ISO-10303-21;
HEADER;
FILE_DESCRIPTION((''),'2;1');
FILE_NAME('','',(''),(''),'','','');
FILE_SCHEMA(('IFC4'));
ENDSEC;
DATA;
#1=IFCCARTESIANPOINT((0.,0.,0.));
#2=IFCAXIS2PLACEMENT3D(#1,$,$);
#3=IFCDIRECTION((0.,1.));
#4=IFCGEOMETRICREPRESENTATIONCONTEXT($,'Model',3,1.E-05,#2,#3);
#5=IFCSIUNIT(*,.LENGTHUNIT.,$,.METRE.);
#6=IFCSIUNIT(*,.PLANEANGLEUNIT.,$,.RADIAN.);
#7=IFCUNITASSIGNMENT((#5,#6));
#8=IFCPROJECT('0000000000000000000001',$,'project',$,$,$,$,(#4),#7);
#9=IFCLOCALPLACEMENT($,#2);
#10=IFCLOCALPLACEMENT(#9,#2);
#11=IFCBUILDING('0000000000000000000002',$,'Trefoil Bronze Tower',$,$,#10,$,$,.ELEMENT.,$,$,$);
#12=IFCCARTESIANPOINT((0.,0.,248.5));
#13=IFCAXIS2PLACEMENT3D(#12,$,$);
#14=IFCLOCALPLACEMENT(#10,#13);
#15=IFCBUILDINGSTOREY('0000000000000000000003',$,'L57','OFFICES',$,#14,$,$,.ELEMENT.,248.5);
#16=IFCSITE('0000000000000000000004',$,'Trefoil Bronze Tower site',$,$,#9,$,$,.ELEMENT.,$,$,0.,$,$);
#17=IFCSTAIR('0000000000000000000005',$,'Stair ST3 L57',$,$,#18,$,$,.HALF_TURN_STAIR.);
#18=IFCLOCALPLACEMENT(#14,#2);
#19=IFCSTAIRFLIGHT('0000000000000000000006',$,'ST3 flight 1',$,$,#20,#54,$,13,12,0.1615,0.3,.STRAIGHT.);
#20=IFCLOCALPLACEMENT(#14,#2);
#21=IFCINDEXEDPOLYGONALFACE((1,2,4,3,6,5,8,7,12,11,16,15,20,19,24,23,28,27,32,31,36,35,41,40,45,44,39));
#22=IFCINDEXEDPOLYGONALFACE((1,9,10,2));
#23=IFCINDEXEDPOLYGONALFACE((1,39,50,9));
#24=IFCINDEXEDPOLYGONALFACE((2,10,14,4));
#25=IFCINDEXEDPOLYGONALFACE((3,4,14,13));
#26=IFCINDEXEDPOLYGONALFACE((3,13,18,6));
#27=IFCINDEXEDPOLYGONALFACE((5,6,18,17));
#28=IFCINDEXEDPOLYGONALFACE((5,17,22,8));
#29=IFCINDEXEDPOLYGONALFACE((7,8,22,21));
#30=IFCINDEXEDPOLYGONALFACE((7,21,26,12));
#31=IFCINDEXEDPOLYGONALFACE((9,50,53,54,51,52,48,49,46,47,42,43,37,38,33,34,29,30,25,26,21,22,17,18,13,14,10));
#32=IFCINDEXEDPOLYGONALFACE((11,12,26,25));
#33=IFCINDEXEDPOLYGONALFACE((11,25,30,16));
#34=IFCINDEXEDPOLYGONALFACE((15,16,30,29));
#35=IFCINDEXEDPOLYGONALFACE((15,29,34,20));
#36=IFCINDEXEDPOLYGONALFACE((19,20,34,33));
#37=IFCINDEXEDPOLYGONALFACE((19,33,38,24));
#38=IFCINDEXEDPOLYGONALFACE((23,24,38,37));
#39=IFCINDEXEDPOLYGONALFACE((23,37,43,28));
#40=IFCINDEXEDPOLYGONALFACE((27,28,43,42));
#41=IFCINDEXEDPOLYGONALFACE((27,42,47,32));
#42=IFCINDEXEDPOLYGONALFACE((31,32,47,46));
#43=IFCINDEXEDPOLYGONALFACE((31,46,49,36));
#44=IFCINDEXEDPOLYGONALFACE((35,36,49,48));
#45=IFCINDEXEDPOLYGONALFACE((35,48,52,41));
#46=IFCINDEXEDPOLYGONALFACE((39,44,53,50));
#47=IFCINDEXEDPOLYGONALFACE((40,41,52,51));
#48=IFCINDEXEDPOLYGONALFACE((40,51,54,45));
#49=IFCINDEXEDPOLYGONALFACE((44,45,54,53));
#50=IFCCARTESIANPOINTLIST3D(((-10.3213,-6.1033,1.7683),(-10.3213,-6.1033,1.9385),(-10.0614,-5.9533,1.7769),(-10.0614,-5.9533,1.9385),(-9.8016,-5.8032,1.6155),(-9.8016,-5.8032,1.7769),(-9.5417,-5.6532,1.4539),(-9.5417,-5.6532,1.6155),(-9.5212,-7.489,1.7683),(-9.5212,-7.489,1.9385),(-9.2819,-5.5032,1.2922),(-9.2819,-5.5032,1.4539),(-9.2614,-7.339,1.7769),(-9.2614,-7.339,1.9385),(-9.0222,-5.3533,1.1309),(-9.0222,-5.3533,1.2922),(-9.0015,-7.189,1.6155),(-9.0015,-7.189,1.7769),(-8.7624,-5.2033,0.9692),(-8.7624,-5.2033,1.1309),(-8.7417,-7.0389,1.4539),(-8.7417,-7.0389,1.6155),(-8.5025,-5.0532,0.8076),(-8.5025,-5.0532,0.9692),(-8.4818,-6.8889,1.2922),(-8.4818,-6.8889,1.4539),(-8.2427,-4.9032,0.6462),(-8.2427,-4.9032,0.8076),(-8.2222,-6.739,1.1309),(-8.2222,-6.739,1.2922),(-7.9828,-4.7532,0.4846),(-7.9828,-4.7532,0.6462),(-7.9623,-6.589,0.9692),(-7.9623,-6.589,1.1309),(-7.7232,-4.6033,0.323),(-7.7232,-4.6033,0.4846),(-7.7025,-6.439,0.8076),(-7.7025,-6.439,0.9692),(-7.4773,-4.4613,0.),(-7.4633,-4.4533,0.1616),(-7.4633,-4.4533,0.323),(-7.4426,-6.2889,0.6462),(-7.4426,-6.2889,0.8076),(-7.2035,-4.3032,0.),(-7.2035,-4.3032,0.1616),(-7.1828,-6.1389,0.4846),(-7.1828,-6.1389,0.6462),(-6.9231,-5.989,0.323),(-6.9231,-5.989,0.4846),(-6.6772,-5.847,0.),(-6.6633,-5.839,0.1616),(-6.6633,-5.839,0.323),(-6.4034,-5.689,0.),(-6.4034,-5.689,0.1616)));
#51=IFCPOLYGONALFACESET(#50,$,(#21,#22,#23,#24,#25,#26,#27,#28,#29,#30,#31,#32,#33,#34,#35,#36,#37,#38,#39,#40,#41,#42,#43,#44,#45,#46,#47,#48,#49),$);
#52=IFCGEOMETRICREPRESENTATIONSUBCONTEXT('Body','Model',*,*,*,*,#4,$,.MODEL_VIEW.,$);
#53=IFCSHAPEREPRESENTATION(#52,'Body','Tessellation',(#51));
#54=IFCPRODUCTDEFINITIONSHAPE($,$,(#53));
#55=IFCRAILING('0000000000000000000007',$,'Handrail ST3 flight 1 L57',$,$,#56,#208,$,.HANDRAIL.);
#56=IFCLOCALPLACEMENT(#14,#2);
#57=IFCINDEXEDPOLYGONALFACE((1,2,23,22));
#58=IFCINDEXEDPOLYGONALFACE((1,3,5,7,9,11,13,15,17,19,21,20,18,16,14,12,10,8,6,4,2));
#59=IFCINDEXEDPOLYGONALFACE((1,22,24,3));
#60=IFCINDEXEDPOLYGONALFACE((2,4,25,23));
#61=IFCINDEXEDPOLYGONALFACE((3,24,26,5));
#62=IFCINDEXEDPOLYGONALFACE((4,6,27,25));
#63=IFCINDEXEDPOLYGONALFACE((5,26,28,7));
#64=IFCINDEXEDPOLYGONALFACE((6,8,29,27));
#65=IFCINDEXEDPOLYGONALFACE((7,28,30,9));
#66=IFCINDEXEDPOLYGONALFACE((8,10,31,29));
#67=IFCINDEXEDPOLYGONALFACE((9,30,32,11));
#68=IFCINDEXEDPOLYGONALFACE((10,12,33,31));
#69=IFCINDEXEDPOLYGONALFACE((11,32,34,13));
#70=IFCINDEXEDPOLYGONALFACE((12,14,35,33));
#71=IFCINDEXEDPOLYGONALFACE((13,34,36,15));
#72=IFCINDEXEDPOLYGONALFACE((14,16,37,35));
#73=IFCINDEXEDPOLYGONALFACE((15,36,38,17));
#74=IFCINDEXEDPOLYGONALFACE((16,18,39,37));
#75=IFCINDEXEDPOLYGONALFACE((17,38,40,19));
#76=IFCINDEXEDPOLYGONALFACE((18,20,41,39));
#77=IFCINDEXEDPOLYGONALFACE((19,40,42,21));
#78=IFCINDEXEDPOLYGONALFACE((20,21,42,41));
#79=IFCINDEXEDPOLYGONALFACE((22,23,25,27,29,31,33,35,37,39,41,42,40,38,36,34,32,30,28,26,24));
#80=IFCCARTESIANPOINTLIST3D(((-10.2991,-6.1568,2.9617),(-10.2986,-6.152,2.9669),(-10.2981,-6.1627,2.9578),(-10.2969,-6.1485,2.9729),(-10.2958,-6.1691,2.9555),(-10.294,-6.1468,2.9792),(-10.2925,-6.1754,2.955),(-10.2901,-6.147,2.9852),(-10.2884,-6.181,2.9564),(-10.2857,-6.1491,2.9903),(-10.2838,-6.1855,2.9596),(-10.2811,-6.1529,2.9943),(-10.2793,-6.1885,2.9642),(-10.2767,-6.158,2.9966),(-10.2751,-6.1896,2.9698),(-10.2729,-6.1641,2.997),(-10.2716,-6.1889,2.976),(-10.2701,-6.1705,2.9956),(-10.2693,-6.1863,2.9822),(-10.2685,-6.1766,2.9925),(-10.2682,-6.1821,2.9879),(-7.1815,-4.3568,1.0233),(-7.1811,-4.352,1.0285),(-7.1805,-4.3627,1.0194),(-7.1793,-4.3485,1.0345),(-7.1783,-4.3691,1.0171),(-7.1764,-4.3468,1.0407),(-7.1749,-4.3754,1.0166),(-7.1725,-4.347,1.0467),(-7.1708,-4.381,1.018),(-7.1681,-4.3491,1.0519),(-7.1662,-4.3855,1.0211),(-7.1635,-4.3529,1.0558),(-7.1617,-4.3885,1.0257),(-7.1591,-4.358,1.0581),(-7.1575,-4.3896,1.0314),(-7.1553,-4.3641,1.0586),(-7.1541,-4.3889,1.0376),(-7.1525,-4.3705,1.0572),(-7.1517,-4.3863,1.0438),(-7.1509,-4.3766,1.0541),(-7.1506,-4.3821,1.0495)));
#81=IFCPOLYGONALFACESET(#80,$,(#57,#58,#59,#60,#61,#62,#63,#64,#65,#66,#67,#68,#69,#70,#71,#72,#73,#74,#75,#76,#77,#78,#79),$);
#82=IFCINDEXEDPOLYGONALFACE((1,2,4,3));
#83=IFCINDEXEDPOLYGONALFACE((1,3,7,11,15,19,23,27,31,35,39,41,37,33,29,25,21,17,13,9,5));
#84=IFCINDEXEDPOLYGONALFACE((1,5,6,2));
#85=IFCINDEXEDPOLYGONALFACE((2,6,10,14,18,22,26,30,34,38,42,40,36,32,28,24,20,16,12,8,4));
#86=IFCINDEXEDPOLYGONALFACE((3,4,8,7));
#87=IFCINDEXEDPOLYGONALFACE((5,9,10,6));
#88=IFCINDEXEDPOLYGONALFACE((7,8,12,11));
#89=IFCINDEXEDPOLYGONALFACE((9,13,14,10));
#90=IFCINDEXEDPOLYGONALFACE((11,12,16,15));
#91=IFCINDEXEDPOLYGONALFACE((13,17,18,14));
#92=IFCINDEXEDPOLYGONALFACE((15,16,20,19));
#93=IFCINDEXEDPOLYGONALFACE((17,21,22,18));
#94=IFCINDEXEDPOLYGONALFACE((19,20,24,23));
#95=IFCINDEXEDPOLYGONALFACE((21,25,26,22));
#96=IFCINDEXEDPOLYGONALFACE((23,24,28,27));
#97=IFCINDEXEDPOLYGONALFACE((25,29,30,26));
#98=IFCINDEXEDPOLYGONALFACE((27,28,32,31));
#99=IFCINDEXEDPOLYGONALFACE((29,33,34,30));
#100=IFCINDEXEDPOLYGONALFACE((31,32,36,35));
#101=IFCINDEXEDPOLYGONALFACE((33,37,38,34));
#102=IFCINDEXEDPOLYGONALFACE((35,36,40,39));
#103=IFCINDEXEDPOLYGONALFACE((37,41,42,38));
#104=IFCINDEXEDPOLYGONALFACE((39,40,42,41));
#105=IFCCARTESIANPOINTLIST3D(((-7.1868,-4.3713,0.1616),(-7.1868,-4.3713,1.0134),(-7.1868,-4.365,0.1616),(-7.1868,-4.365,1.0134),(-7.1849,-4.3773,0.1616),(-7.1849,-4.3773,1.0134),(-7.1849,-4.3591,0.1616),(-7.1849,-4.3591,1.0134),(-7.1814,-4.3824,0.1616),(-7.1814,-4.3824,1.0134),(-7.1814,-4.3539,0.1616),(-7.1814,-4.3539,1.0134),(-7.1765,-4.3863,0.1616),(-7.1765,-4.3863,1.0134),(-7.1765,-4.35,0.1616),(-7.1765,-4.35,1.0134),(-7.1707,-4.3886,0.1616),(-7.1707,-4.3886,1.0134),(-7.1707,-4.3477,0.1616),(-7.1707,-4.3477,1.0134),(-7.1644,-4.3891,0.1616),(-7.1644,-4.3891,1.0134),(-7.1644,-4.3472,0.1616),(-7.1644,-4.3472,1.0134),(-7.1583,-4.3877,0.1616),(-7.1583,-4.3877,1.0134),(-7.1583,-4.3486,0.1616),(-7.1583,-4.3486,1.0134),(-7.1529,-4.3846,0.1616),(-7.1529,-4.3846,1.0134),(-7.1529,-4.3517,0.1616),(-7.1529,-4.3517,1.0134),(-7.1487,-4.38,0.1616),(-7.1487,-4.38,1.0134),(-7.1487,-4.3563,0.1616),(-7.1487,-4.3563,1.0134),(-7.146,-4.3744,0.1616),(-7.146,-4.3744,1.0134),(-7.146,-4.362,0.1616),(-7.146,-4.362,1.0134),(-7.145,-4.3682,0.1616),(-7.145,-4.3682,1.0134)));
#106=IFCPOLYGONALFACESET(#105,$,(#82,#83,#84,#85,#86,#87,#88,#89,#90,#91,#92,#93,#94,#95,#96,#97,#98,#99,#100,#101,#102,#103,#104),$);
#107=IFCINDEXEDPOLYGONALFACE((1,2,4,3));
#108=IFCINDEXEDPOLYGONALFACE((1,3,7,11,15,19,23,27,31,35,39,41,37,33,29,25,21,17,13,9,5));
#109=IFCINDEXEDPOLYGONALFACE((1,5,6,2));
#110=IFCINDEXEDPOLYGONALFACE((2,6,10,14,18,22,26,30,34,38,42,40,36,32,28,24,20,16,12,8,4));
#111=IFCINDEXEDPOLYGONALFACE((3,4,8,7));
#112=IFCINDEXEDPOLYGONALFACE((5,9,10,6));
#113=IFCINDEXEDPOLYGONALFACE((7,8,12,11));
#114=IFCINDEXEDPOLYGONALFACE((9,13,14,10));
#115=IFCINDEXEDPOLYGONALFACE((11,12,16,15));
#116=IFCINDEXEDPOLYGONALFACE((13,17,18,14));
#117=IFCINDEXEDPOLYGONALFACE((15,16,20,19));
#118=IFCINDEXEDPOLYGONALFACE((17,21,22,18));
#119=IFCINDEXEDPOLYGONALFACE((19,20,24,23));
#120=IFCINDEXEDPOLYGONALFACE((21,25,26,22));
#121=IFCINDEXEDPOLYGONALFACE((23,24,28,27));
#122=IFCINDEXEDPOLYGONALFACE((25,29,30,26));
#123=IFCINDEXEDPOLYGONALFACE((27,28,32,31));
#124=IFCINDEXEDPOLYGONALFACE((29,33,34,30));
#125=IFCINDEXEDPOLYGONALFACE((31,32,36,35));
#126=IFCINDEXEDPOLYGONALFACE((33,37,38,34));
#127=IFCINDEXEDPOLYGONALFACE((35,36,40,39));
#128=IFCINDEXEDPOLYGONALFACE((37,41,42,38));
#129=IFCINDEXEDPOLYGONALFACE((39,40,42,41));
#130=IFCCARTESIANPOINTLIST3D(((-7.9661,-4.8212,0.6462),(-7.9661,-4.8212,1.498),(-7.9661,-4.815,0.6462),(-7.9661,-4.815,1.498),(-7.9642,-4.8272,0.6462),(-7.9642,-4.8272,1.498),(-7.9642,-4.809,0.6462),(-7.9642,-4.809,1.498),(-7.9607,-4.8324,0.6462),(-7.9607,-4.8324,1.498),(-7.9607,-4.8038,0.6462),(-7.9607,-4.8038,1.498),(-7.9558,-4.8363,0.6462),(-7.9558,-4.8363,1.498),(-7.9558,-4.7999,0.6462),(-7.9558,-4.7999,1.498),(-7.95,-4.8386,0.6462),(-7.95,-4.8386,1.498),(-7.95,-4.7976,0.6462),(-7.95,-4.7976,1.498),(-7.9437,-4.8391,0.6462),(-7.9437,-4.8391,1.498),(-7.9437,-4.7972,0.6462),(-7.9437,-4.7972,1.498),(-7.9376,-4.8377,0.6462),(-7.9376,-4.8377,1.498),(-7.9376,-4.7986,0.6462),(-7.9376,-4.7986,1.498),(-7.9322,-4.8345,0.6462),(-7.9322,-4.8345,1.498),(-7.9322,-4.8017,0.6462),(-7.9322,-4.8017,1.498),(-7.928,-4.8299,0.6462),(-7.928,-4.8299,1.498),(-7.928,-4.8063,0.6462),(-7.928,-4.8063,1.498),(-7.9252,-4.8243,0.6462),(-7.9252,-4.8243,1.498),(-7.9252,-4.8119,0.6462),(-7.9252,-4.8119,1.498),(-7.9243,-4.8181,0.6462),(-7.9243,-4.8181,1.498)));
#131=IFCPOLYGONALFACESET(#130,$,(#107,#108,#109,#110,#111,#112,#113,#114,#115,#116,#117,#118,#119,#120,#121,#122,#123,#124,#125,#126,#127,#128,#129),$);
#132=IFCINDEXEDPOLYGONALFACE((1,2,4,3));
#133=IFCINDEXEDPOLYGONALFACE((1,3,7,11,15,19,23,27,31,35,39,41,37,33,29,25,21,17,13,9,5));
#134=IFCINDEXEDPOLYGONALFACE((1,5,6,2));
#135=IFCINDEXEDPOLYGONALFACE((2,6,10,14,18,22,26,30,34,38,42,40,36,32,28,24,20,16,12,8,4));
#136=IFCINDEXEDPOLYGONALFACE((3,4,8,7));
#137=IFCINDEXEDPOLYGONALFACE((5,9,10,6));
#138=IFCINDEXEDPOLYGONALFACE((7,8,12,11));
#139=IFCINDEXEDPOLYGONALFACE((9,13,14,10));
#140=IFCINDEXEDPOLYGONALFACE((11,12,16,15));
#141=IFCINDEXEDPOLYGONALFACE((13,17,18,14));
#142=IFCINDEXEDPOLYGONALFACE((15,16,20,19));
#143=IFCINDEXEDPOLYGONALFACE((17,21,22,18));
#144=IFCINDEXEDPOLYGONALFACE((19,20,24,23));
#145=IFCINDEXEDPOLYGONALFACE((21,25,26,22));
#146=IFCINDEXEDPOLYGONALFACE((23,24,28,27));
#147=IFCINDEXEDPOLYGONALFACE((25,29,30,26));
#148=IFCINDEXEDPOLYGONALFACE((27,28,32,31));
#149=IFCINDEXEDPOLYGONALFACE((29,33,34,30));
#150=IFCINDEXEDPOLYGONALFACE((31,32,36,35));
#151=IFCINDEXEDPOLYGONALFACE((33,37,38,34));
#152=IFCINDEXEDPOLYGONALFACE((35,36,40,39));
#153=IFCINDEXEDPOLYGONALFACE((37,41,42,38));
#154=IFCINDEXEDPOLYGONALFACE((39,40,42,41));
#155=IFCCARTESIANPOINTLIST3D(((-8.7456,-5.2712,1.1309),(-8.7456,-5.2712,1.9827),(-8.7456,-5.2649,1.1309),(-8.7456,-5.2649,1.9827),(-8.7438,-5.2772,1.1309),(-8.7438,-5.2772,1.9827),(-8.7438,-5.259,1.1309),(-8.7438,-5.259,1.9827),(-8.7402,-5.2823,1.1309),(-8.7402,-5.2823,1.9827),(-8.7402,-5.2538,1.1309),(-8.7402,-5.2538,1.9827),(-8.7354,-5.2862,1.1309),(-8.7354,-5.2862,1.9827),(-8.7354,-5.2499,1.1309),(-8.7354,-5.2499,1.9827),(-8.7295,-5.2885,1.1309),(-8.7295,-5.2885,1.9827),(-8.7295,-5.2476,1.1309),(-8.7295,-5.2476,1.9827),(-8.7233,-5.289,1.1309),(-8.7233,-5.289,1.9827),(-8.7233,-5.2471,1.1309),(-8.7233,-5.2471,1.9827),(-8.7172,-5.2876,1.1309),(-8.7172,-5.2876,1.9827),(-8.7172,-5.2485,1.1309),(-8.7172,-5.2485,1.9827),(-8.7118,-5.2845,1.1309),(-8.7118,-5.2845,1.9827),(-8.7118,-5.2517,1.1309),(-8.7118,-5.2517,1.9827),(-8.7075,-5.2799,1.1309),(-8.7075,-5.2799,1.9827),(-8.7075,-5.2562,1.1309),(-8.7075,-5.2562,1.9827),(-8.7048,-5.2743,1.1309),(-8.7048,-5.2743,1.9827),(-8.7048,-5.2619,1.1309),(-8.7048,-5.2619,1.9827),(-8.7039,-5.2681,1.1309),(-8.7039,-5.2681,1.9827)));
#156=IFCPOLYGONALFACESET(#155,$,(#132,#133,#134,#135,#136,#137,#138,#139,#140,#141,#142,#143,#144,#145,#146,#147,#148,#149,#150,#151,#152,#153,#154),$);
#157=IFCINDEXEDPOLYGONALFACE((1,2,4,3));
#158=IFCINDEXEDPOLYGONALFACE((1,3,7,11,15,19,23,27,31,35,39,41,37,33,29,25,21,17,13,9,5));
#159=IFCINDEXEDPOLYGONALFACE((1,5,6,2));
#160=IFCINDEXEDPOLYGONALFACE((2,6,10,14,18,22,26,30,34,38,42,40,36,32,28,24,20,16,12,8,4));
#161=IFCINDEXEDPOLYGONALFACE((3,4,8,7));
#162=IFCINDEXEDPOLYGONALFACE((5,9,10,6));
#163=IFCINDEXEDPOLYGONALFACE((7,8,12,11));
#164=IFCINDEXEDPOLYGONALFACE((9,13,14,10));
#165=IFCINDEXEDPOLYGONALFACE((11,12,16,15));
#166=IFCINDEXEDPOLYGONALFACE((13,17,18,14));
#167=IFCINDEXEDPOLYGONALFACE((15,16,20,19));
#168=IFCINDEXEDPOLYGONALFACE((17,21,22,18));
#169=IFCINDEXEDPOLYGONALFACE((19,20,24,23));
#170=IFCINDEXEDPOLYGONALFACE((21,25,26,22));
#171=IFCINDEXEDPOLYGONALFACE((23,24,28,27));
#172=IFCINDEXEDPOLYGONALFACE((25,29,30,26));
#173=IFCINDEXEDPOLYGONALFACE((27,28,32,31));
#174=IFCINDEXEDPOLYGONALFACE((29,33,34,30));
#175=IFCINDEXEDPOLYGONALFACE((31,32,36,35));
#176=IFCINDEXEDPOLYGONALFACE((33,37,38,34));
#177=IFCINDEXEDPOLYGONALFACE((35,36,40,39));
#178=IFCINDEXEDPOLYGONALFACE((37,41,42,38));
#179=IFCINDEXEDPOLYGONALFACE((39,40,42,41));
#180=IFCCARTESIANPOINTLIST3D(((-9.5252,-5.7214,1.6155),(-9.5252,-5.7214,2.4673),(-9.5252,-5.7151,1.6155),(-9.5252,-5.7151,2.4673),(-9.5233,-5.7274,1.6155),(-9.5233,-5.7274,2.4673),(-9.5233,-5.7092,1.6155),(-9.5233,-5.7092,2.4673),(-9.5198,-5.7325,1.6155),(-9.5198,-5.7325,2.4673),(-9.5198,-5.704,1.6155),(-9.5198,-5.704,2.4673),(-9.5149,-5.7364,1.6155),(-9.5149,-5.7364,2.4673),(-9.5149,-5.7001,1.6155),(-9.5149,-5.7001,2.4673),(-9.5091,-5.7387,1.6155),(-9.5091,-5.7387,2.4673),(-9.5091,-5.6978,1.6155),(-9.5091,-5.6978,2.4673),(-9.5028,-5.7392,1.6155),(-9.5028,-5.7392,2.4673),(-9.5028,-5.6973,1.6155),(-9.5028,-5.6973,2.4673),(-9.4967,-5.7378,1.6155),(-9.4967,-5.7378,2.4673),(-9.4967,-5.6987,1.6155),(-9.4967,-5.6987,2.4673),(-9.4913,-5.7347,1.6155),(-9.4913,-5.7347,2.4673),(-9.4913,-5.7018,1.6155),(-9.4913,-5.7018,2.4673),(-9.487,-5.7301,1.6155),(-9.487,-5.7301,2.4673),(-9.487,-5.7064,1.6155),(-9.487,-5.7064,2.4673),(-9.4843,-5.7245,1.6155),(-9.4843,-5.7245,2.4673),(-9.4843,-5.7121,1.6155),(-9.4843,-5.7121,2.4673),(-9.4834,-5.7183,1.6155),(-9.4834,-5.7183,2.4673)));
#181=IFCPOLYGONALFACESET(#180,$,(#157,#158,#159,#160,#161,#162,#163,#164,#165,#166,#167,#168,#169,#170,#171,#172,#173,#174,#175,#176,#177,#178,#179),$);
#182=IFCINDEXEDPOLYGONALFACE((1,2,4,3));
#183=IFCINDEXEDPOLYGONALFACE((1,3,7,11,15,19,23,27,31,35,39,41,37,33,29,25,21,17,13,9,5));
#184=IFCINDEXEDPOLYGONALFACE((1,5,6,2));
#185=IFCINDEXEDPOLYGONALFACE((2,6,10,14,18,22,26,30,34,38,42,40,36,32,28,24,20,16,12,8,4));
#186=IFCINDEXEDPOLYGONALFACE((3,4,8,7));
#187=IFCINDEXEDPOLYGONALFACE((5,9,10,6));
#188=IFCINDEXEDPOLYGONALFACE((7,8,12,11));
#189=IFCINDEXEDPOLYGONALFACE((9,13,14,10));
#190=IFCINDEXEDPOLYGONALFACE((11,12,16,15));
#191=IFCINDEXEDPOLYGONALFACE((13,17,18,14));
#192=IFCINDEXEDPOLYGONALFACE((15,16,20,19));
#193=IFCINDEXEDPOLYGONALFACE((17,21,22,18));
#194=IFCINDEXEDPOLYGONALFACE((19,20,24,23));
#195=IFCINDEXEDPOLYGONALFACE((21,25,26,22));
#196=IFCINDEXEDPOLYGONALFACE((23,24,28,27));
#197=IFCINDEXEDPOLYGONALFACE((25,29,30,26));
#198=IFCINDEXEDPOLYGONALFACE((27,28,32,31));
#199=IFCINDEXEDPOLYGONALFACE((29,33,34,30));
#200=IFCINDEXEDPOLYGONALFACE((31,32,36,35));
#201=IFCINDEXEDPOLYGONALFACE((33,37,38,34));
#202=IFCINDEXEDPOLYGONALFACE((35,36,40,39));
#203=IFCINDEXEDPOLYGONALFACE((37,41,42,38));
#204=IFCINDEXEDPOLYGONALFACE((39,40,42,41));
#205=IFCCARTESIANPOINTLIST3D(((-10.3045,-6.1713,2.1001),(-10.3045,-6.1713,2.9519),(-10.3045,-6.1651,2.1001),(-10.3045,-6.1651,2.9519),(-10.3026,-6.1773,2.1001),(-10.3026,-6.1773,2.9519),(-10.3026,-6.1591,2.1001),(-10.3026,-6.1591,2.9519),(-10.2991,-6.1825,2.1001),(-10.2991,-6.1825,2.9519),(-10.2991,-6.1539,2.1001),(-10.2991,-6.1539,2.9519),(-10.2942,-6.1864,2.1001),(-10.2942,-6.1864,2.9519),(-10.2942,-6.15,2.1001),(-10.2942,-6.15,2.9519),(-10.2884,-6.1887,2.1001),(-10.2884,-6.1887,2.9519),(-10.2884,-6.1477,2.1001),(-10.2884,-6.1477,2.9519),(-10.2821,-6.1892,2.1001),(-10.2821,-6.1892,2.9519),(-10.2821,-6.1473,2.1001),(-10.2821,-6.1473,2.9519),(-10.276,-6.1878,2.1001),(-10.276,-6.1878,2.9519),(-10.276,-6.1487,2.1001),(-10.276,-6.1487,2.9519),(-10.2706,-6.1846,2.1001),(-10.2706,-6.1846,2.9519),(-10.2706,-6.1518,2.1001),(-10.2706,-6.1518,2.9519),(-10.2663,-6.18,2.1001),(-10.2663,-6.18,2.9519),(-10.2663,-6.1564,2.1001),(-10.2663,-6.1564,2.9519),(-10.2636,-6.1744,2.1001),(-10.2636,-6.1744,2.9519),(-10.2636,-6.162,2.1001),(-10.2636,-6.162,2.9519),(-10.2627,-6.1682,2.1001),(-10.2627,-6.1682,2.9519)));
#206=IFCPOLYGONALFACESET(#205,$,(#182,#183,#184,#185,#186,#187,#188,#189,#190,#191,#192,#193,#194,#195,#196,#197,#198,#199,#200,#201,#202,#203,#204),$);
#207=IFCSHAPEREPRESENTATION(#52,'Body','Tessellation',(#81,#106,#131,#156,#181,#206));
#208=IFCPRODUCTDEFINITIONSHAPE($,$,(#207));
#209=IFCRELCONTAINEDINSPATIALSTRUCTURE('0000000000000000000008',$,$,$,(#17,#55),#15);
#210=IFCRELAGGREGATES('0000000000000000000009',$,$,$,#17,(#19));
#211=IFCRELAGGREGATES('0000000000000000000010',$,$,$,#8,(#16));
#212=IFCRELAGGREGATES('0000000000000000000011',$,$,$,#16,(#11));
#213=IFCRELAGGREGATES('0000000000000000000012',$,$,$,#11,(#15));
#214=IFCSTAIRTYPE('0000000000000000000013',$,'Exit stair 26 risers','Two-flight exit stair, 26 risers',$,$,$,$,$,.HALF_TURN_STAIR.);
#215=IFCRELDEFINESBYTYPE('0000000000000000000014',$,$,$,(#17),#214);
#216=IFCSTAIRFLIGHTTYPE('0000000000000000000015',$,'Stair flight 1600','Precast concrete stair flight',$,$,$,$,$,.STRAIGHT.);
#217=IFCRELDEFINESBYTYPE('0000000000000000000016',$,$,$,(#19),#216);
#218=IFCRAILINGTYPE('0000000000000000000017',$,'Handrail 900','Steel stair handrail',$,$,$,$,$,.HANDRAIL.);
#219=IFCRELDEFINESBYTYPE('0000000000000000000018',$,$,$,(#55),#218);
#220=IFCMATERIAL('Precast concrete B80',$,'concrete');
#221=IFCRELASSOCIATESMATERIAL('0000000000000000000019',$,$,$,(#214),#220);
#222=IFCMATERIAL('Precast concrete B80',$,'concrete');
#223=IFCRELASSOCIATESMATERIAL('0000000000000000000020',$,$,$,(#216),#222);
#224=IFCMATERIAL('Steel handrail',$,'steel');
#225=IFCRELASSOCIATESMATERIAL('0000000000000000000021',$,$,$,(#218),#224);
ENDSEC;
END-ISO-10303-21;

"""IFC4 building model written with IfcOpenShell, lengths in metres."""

from ifc_helpers import new_model, si_unit, direction, frame, origin, origin_2d, place, context, subcontext, project, spatial, polyline, circle, outline, extrude, material, type_object, element, aggregate, save


model = new_model("IFC4")

# Units and contexts
model_context = context("Model", 3, precision=1e-05, world=origin(), true_north=direction((0.0, 1.0)))
body_context = subcontext(model_context, "Body", "Model", "MODEL_VIEW")
ifc_project = project(units=[si_unit("LENGTHUNIT", "METRE"), si_unit("PLANEANGLEUNIT", "RADIAN")], contexts=[model_context])

# Site, building, storey
site_placement = place(None, origin())
site = spatial("IfcSite", under=ifc_project, at=site_placement, Name="Trefoil Bronze Tower site", CompositionType="ELEMENT", RefElevation=0.0)
building_placement = place(site_placement, origin())
building = spatial("IfcBuilding", under=site, at=building_placement, Name="Trefoil Bronze Tower", CompositionType="ELEMENT")
storey_placement = place(building_placement, frame((0.0, 0.0, 248.5)))
storey = spatial("IfcBuildingStorey", under=building, at=storey_placement, Name="L57", Description="OFFICES", CompositionType="ELEMENT", Elevation=248.5)

# Stair, stair flight
ifc_material_1 = material(Name="Precast concrete B80", Category="concrete")
stair_type = type_object("IfcStairType", Name="Exit stair 26 risers", Description="Two-flight exit stair, 26 risers", PredefinedType="HALF_TURN_STAIR", material=ifc_material_1)
stair_placement = place(storey_placement, origin())
stair = element("IfcStair", 1, at=stair_placement, inside=storey, type_object=stair_type, Name="Stair ST3 L57", PredefinedType="HALF_TURN_STAIR")
ifc_material_2 = material(Name="Precast concrete B80", Category="concrete")
stair_flight_type = type_object("IfcStairFlightType", Name="Stair flight 1600", Description="Precast concrete stair flight", PredefinedType="STRAIGHT", material=ifc_material_2)
stair_flight_placement = place(storey_placement, frame((-6.8035, -4.9961, 0.0), z_axis=(0.0, 0.0, 1.0), x_axis=(-0.866025, -0.5, 0.0)))
stair_flight = element("IfcStairFlight", 2, at=stair_flight_placement, type_object=stair_flight_type, Name="ST3 flight 1", NumberOfRisers=13, NumberOfTreads=12, PredefinedType="STRAIGHT", RiserHeight=0.1615, TreadLength=0.3, context=body_context, shape_type="SweptSolid", body=[
    extrude(outline(polyline([(0.0, 0.0), (0.0, 0.1616), (0.3, 0.1616), (0.3, 0.323), (0.6001, 0.323), (0.6001, 0.4846), (0.8999, 0.4846), (0.8999, 0.6462), (1.2, 0.6462), (1.2, 0.8076), (1.5, 0.8076), (1.5, 0.9692), (1.8, 0.9692), (1.8, 1.1309), (2.1001, 1.1309), (2.1001, 1.2922), (2.3999, 1.2922), (2.3999, 1.4539), (2.7, 1.4539), (2.7, 1.6155), (3.0, 1.6155), (3.0, 1.7769), (3.3, 1.7769), (3.3, 1.9385), (3.6001, 1.9385), (3.6001, 2.1001), (3.6001, 1.7683), (0.3162, 0.0), (0.0, 0.0)])), frame((0.0, 0.8, 0.0), z_axis=(0.0, -1.0, 0.0), x_axis=(1.0, 0.0, 0.0)), (0.0, 0.0, 1.0), 1.6001),
])
aggregate(stair, [stair_flight])

# Railing
ifc_material_3 = material(Name="Steel handrail", Category="steel")
railing_type = type_object("IfcRailingType", Name="Handrail 900", Description="Steel stair handrail", PredefinedType="HANDRAIL", material=ifc_material_3)
railing_placement = place(storey_placement, frame((-7.166, -4.3682, 0.1616)))
element("IfcRailing", 3, at=railing_placement, inside=storey, type_object=railing_type, Name="Handrail ST3 flight 1 L57", PredefinedType="HANDRAIL", context=body_context, shape_type="SweptSolid", body=[
    extrude(circle(Radius=0.0239, at=origin_2d()), frame((0.0, 0.0, 0.876), z_axis=(-0.762503, -0.440246, 0.474102), x_axis=(0.500012, -0.866018, 0.0)), (0.0, 0.0, 1.0), 4.0886),
    extrude(circle(Radius=0.021, at=origin_2d()), origin(), (0.0, 0.0, 1.0), 0.8518),
    extrude(circle(Radius=0.021, at=origin_2d()), frame((-0.7793, -0.45, 0.4846)), (0.0, 0.0, 1.0), 0.8518),
    extrude(circle(Radius=0.021, at=origin_2d()), frame((-1.5588, -0.8999, 0.9692)), (0.0, 0.0, 1.0), 0.8518),
    extrude(circle(Radius=0.021, at=origin_2d()), frame((-2.3384, -1.3501, 1.4539)), (0.0, 0.0, 1.0), 0.8518),
    extrude(circle(Radius=0.021, at=origin_2d()), frame((-3.1177, -1.8, 1.9385)), (0.0, 0.0, 1.0), 0.8518),
])

save(model, "model.ifc")
